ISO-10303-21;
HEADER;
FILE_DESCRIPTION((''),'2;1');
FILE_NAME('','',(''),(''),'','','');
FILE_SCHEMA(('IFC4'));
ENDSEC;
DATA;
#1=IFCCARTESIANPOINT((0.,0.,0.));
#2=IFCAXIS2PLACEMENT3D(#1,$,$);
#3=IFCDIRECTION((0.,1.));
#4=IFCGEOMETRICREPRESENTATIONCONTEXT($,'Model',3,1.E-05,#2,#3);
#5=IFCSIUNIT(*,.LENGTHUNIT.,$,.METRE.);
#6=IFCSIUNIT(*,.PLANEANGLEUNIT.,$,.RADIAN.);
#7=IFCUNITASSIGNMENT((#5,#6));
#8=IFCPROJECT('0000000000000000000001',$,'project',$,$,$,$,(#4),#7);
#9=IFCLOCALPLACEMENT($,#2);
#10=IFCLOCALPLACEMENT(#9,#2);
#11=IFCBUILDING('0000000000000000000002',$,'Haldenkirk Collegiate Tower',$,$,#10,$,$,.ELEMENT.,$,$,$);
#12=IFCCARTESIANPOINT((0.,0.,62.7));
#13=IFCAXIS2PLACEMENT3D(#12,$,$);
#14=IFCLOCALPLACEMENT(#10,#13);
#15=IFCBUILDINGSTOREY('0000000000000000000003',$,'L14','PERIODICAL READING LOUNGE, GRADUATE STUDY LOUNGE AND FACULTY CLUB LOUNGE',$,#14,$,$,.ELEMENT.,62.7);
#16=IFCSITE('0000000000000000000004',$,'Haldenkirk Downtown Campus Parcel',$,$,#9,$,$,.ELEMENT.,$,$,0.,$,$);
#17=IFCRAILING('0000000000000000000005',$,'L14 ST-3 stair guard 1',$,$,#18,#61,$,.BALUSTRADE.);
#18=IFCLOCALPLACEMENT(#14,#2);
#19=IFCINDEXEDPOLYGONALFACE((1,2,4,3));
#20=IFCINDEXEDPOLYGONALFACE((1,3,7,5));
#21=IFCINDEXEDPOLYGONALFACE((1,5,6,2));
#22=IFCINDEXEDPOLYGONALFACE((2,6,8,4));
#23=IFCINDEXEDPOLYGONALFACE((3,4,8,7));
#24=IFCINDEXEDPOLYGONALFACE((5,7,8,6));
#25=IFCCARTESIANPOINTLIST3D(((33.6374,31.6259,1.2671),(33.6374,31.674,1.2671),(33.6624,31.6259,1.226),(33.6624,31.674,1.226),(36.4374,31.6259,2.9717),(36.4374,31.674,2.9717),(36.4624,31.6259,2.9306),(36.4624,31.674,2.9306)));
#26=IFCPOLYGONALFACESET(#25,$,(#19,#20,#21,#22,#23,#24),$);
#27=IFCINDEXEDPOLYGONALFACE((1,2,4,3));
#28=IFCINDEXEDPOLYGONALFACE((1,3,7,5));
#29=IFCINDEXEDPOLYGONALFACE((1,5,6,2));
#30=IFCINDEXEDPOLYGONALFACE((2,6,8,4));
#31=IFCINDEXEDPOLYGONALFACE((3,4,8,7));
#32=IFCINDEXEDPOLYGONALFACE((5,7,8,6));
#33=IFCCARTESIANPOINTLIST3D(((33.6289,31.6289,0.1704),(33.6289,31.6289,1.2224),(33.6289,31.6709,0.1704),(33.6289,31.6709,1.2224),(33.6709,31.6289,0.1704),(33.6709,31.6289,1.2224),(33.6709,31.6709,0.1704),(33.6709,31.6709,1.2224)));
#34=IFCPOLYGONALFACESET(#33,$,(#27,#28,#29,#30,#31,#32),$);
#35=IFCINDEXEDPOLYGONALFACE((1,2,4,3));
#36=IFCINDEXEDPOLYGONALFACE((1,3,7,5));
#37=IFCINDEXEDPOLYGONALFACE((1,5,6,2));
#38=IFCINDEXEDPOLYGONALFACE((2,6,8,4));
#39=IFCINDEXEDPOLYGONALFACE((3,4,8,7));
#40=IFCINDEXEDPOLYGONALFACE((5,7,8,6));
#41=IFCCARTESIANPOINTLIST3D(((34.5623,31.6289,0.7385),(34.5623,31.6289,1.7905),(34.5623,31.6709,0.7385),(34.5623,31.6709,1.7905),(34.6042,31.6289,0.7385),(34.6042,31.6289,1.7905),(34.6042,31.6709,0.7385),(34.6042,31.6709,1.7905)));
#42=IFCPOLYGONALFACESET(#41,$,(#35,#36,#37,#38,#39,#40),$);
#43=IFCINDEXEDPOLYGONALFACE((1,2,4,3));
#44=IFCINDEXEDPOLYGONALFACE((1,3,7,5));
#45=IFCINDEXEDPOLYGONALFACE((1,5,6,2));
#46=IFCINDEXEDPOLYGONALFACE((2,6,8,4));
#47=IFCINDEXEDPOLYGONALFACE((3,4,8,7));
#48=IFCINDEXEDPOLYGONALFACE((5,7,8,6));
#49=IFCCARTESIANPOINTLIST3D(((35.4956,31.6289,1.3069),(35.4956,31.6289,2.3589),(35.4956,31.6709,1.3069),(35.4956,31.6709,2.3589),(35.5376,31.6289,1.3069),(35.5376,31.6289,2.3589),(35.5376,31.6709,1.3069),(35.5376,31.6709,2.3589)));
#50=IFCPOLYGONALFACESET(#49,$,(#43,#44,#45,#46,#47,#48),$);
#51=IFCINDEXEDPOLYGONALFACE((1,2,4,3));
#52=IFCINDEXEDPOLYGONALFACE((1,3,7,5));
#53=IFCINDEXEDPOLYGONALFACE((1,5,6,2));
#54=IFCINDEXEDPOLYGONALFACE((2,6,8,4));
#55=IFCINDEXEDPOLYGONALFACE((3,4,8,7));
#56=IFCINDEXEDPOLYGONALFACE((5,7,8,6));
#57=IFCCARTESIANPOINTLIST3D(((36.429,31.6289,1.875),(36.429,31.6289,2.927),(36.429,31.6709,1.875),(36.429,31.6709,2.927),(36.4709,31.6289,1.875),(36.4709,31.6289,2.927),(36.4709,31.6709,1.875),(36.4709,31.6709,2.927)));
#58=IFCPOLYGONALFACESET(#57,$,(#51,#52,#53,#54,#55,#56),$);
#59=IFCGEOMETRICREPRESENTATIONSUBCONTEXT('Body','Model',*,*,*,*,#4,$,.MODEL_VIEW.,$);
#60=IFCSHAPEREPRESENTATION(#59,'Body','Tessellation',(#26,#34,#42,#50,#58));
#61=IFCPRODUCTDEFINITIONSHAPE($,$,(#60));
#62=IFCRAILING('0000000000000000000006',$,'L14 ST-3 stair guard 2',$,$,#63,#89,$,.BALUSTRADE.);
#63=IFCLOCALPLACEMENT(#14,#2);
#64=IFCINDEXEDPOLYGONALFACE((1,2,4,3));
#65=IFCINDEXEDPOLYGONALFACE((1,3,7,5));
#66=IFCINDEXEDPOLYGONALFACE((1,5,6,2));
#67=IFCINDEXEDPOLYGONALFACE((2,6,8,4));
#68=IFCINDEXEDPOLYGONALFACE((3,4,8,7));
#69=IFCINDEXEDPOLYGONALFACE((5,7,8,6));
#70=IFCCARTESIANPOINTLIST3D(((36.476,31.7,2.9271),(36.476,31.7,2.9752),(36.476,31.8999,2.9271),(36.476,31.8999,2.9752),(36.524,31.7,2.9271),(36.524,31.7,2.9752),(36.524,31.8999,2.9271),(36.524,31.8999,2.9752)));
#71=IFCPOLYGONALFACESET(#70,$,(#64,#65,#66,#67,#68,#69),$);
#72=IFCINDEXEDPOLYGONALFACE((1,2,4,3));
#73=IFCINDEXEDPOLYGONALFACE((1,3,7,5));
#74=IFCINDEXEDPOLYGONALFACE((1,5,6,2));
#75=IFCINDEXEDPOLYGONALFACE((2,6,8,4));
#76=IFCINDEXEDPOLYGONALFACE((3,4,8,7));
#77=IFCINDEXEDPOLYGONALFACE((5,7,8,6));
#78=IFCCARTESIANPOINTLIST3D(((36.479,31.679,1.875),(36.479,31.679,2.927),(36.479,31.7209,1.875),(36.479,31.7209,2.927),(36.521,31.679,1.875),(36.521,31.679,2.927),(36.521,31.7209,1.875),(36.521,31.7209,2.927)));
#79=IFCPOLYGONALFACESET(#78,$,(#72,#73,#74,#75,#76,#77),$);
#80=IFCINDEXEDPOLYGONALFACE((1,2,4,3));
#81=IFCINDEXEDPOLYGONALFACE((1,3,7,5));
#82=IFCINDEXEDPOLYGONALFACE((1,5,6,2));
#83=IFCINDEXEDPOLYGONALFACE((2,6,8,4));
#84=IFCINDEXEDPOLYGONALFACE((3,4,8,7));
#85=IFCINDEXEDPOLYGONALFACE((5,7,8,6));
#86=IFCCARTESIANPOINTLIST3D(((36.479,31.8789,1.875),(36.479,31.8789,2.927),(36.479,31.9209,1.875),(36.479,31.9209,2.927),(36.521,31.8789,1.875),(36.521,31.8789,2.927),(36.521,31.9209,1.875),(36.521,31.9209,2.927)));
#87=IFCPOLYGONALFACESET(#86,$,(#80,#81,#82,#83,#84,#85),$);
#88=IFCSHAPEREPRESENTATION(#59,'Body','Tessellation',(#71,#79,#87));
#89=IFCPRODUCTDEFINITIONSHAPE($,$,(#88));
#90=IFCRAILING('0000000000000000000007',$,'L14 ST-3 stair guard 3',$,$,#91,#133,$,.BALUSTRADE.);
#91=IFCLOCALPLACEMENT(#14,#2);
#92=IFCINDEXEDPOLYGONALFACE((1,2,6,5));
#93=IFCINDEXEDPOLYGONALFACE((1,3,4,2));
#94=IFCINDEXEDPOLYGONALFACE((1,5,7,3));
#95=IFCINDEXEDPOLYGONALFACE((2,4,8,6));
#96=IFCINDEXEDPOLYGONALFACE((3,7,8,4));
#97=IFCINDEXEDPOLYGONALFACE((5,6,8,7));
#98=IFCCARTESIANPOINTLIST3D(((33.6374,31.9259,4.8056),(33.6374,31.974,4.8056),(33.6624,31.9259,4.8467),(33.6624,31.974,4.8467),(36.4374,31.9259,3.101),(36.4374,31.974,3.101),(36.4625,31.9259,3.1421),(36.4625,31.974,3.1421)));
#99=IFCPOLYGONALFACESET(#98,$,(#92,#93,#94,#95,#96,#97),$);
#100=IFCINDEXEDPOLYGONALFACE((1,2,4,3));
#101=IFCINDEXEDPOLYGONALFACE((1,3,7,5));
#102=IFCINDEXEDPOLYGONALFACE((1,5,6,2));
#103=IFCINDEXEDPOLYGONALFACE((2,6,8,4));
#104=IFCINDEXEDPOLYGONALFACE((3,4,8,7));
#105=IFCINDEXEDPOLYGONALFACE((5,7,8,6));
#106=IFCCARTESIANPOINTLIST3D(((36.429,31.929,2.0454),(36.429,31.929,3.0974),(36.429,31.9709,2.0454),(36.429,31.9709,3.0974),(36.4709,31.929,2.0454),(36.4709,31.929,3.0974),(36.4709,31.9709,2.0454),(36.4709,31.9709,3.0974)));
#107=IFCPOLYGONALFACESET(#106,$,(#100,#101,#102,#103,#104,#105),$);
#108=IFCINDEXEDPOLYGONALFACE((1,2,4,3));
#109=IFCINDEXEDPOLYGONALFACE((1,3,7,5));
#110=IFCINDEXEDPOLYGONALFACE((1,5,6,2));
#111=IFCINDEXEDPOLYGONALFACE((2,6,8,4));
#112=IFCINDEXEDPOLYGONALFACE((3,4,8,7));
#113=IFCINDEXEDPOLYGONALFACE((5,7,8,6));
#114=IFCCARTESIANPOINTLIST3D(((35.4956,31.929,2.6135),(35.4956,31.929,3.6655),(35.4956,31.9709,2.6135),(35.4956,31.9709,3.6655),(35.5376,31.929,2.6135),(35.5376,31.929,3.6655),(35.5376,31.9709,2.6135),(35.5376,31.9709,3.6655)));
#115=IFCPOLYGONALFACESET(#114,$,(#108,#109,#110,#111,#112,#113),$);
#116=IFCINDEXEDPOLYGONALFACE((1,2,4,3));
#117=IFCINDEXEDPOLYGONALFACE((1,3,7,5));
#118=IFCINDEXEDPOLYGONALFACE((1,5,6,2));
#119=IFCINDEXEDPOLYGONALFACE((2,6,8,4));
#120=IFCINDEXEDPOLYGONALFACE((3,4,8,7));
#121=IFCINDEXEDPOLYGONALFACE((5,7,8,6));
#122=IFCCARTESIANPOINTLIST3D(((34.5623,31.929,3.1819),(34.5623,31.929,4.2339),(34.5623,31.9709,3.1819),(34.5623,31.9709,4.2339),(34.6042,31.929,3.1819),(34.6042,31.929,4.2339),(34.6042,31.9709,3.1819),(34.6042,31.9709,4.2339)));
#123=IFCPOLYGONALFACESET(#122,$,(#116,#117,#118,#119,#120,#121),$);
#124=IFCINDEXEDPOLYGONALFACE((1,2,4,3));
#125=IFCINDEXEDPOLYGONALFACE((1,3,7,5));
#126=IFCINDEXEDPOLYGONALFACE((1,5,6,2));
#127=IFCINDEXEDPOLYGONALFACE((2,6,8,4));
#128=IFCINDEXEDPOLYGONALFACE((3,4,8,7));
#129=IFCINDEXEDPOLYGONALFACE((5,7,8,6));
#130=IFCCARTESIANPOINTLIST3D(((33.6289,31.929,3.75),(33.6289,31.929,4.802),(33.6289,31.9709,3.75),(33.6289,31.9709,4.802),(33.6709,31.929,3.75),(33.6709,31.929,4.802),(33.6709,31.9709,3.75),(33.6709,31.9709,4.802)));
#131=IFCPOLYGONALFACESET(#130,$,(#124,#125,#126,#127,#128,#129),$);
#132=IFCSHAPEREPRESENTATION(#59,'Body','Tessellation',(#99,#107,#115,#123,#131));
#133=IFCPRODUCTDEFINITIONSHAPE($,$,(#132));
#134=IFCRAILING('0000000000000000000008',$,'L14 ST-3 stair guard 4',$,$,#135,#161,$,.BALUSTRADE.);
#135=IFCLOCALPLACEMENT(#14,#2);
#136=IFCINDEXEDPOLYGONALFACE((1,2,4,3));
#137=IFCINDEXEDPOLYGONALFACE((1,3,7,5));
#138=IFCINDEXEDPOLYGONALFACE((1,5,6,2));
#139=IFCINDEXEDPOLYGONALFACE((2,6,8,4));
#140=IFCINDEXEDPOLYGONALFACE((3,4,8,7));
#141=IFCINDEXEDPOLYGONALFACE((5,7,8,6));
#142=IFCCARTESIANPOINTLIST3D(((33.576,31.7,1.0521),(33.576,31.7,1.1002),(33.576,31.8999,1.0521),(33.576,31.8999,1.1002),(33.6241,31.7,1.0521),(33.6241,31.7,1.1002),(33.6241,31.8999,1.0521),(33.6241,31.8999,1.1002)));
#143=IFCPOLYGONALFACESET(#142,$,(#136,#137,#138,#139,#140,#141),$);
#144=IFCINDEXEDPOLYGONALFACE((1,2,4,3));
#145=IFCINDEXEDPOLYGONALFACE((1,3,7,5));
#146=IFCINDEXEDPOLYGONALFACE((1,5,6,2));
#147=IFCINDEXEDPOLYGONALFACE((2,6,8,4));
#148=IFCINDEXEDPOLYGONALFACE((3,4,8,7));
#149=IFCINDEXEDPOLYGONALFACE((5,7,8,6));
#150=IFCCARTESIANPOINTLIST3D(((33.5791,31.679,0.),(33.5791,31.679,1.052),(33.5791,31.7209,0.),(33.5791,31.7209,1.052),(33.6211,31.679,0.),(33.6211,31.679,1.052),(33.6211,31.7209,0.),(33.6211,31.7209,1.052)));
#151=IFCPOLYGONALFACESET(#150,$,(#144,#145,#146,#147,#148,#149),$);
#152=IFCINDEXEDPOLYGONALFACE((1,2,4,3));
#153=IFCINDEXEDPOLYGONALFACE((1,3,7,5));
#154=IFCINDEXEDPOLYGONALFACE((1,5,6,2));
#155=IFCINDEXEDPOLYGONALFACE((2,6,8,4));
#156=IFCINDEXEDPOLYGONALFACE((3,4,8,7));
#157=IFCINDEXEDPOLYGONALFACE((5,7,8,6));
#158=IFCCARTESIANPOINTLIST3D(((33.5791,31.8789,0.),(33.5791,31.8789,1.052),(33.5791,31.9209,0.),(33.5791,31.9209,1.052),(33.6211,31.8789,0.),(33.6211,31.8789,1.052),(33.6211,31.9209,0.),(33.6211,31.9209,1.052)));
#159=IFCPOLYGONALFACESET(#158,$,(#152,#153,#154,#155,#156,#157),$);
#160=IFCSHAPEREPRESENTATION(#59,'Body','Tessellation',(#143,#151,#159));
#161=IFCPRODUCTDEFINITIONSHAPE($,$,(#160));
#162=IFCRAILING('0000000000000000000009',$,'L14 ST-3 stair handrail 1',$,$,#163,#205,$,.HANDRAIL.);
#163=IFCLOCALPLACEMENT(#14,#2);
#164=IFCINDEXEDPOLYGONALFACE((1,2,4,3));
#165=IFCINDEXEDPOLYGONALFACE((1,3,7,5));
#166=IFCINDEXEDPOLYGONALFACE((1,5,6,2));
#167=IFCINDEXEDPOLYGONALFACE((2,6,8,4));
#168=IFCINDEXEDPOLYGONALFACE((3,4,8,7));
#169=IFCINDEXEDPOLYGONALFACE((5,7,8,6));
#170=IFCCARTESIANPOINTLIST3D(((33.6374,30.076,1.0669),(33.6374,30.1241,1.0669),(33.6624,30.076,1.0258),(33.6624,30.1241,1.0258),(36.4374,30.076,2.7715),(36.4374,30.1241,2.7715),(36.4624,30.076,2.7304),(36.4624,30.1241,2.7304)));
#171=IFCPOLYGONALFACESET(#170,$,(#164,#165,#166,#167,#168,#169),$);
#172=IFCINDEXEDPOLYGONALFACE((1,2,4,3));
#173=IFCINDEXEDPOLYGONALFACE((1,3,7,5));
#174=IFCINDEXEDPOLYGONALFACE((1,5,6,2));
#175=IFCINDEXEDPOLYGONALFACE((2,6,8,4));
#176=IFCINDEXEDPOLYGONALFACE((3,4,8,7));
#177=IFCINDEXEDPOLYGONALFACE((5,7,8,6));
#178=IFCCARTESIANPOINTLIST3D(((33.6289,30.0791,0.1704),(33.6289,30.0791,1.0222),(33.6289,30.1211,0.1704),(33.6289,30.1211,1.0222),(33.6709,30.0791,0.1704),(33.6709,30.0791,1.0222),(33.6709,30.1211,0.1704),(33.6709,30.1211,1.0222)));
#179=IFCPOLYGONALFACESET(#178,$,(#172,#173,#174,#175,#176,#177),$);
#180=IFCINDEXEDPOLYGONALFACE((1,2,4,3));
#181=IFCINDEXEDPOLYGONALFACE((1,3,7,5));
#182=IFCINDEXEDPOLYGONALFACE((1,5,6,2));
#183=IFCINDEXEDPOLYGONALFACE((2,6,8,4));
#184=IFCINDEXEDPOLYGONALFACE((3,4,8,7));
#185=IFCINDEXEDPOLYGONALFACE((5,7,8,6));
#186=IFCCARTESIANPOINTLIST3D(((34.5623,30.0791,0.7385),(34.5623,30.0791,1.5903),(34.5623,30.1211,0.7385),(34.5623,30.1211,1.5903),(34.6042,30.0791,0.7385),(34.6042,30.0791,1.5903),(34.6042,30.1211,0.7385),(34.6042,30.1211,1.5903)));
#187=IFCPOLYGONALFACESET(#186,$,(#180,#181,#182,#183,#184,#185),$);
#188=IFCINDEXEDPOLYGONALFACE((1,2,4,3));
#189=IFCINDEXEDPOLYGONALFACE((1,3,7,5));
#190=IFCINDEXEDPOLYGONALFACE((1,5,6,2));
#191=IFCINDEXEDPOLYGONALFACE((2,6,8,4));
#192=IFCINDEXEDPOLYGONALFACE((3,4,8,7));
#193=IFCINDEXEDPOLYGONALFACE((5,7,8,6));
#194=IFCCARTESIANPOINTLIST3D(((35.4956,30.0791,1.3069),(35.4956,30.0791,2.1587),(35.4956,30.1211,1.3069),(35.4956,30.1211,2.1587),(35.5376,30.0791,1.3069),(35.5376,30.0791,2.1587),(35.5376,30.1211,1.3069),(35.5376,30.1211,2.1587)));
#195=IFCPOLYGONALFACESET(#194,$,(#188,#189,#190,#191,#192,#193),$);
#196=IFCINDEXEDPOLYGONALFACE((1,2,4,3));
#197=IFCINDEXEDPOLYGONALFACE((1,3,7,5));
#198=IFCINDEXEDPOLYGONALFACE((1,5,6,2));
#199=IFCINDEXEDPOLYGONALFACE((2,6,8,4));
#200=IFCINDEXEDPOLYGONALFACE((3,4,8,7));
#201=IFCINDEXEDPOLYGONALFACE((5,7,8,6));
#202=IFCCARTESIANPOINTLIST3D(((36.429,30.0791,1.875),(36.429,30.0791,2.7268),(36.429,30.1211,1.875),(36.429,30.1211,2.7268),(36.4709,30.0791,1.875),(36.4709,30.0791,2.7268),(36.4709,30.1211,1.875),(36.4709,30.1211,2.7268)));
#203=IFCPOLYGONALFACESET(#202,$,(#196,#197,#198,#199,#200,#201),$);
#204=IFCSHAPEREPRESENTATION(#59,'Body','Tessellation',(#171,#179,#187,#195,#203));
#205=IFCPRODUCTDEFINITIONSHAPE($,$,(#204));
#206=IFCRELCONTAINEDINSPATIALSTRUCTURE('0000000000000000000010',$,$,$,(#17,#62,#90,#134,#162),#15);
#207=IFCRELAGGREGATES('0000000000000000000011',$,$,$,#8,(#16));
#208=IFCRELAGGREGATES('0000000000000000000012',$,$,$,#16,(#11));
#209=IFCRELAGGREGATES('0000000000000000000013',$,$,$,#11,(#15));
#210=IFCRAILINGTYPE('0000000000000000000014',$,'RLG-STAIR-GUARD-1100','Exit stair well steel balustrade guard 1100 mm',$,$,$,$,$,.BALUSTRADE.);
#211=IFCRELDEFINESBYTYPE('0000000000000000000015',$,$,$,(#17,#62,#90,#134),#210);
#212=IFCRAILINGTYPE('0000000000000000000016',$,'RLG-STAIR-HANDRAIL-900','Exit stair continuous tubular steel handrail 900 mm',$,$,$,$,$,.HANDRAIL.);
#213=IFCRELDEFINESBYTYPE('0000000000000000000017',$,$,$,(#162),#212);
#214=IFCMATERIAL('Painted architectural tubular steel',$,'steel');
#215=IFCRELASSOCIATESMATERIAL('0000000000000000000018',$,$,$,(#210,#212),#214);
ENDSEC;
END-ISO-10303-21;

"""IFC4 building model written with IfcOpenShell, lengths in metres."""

from ifc_helpers import new_model, si_unit, direction, frame, origin, origin_2d, place, context, subcontext, project, spatial, rectangle, extrude, material, type_object, element, save


model = new_model("IFC4")

# Units and contexts
model_context = context("Model", 3, precision=1e-05, world=origin(), true_north=direction((0.0, 1.0)))
body_context = subcontext(model_context, "Body", "Model", "MODEL_VIEW")
ifc_project = project(units=[si_unit("LENGTHUNIT", "METRE"), si_unit("PLANEANGLEUNIT", "RADIAN")], contexts=[model_context])

# Site, building, storey
site_placement = place(None, origin())
site = spatial("IfcSite", under=ifc_project, at=site_placement, Name="Haldenkirk Downtown Campus Parcel", CompositionType="ELEMENT", RefElevation=0.0)
building_placement = place(site_placement, origin())
building = spatial("IfcBuilding", under=site, at=building_placement, Name="Haldenkirk Collegiate Tower", CompositionType="ELEMENT")
storey_placement = place(building_placement, frame((0.0, 0.0, 62.7)))
storey = spatial("IfcBuildingStorey", under=building, at=storey_placement, Name="L14", Description="PERIODICAL READING LOUNGE, GRADUATE STUDY LOUNGE AND FACULTY CLUB LOUNGE", CompositionType="ELEMENT", Elevation=62.7)

# Railings
ifc_material_1 = material(Name="Painted architectural tubular steel", Category="steel")
railing_type_1 = type_object("IfcRailingType", Name="RLG-STAIR-GUARD-1100", Description="Exit stair well steel balustrade guard 1100 mm", PredefinedType="BALUSTRADE", material=ifc_material_1)
railing_1_placement = place(storey_placement, frame((33.6499, 31.6499, 0.1704)))
element("IfcRailing", 1, at=railing_1_placement, inside=storey, type_object=railing_type_1, Name="L14 ST-3 stair guard 1", PredefinedType="BALUSTRADE", context=body_context, shape_type="SweptSolid", body=[
    extrude(rectangle(XDim=0.0481, YDim=0.0481, at=origin_2d()), frame((0.0, 0.0, 1.0762), z_axis=(0.85417, 0.0, 0.519994), x_axis=(0.0, 1.0, 0.0)), (0.0, 0.0, 1.0), 3.2781),
    extrude(rectangle(XDim=0.042, YDim=0.042, at=origin_2d()), origin(), (0.0, 0.0, 1.0), 1.052),
    extrude(rectangle(XDim=0.042, YDim=0.042, at=origin_2d()), frame((0.9333, 0.0, 0.5681)), (0.0, 0.0, 1.0), 1.052),
    extrude(rectangle(XDim=0.042, YDim=0.042, at=origin_2d()), frame((1.8667, 0.0, 1.1365)), (0.0, 0.0, 1.0), 1.052),
    extrude(rectangle(XDim=0.042, YDim=0.042, at=origin_2d()), frame((2.8, 0.0, 1.7046)), (0.0, 0.0, 1.0), 1.052),
])
railing_2_placement = place(storey_placement, frame((36.5, 31.7, 1.875)))
element("IfcRailing", 2, at=railing_2_placement, inside=storey, type_object=railing_type_1, Name="L14 ST-3 stair guard 2", PredefinedType="BALUSTRADE", context=body_context, shape_type="SweptSolid", body=[
    extrude(rectangle(XDim=0.0481, YDim=0.0481, at=origin_2d()), frame((0.0, 0.0, 1.0762), z_axis=(0.0, 1.0, 0.0), x_axis=(-1.0, 0.0, 0.0)), (0.0, 0.0, 1.0), 0.2),
    extrude(rectangle(XDim=0.042, YDim=0.042, at=origin_2d()), origin(), (0.0, 0.0, 1.0), 1.052),
    extrude(rectangle(XDim=0.042, YDim=0.042, at=origin_2d()), frame((0.0, 0.2, 0.0)), (0.0, 0.0, 1.0), 1.052),
])
railing_3_placement = place(storey_placement, frame((36.45, 31.95, 2.0454)))
element("IfcRailing", 3, at=railing_3_placement, inside=storey, type_object=railing_type_1, Name="L14 ST-3 stair guard 3", PredefinedType="BALUSTRADE", context=body_context, shape_type="SweptSolid", body=[
    extrude(rectangle(XDim=0.0481, YDim=0.0481, at=origin_2d()), frame((0.0, 0.0, 1.0762), z_axis=(-0.85417, 0.0, 0.519994), x_axis=(0.0, -1.0, 0.0)), (0.0, 0.0, 1.0), 3.2781),
    extrude(rectangle(XDim=0.042, YDim=0.042, at=origin_2d()), origin(), (0.0, 0.0, 1.0), 1.052),
    extrude(rectangle(XDim=0.042, YDim=0.042, at=origin_2d()), frame((-0.9333, 0.0, 0.5681)), (0.0, 0.0, 1.0), 1.052),
    extrude(rectangle(XDim=0.042, YDim=0.042, at=origin_2d()), frame((-1.8667, 0.0, 1.1365)), (0.0, 0.0, 1.0), 1.052),
    extrude(rectangle(XDim=0.042, YDim=0.042, at=origin_2d()), frame((-2.8, 0.0, 1.7046)), (0.0, 0.0, 1.0), 1.052),
])
railing_4_placement = place(storey_placement, frame((33.6001, 31.7, 0.0)))
element("IfcRailing", 4, at=railing_4_placement, inside=storey, type_object=railing_type_1, Name="L14 ST-3 stair guard 4", PredefinedType="BALUSTRADE", context=body_context, shape_type="SweptSolid", body=[
    extrude(rectangle(XDim=0.0481, YDim=0.0481, at=origin_2d()), frame((0.0, 0.0, 1.0762), z_axis=(0.0, 1.0, 0.0), x_axis=(-1.0, 0.0, 0.0)), (0.0, 0.0, 1.0), 0.2),
    extrude(rectangle(XDim=0.042, YDim=0.042, at=origin_2d()), origin(), (0.0, 0.0, 1.0), 1.052),
    extrude(rectangle(XDim=0.042, YDim=0.042, at=origin_2d()), frame((0.0, 0.2, 0.0)), (0.0, 0.0, 1.0), 1.052),
])
railing_type_2 = type_object("IfcRailingType", Name="RLG-STAIR-HANDRAIL-900", Description="Exit stair continuous tubular steel handrail 900 mm", PredefinedType="HANDRAIL", material=ifc_material_1)
railing_5_placement = place(storey_placement, frame((33.6499, 30.1001, 0.1704)))
element("IfcRailing", 5, at=railing_5_placement, inside=storey, type_object=railing_type_2, Name="L14 ST-3 stair handrail 1", PredefinedType="HANDRAIL", context=body_context, shape_type="SweptSolid", body=[
    extrude(rectangle(XDim=0.0481, YDim=0.0481, at=origin_2d()), frame((0.0, 0.0, 0.876), z_axis=(0.85417, 0.0, 0.519994), x_axis=(0.0, 1.0, 0.0)), (0.0, 0.0, 1.0), 3.2781),
    extrude(rectangle(XDim=0.042, YDim=0.042, at=origin_2d()), origin(), (0.0, 0.0, 1.0), 0.8518),
    extrude(rectangle(XDim=0.042, YDim=0.042, at=origin_2d()), frame((0.9333, 0.0, 0.5681)), (0.0, 0.0, 1.0), 0.8518),
    extrude(rectangle(XDim=0.042, YDim=0.042, at=origin_2d()), frame((1.8667, 0.0, 1.1365)), (0.0, 0.0, 1.0), 0.8518),
    extrude(rectangle(XDim=0.042, YDim=0.042, at=origin_2d()), frame((2.8, 0.0, 1.7046)), (0.0, 0.0, 1.0), 0.8518),
])

save(model, "model.ifc")
